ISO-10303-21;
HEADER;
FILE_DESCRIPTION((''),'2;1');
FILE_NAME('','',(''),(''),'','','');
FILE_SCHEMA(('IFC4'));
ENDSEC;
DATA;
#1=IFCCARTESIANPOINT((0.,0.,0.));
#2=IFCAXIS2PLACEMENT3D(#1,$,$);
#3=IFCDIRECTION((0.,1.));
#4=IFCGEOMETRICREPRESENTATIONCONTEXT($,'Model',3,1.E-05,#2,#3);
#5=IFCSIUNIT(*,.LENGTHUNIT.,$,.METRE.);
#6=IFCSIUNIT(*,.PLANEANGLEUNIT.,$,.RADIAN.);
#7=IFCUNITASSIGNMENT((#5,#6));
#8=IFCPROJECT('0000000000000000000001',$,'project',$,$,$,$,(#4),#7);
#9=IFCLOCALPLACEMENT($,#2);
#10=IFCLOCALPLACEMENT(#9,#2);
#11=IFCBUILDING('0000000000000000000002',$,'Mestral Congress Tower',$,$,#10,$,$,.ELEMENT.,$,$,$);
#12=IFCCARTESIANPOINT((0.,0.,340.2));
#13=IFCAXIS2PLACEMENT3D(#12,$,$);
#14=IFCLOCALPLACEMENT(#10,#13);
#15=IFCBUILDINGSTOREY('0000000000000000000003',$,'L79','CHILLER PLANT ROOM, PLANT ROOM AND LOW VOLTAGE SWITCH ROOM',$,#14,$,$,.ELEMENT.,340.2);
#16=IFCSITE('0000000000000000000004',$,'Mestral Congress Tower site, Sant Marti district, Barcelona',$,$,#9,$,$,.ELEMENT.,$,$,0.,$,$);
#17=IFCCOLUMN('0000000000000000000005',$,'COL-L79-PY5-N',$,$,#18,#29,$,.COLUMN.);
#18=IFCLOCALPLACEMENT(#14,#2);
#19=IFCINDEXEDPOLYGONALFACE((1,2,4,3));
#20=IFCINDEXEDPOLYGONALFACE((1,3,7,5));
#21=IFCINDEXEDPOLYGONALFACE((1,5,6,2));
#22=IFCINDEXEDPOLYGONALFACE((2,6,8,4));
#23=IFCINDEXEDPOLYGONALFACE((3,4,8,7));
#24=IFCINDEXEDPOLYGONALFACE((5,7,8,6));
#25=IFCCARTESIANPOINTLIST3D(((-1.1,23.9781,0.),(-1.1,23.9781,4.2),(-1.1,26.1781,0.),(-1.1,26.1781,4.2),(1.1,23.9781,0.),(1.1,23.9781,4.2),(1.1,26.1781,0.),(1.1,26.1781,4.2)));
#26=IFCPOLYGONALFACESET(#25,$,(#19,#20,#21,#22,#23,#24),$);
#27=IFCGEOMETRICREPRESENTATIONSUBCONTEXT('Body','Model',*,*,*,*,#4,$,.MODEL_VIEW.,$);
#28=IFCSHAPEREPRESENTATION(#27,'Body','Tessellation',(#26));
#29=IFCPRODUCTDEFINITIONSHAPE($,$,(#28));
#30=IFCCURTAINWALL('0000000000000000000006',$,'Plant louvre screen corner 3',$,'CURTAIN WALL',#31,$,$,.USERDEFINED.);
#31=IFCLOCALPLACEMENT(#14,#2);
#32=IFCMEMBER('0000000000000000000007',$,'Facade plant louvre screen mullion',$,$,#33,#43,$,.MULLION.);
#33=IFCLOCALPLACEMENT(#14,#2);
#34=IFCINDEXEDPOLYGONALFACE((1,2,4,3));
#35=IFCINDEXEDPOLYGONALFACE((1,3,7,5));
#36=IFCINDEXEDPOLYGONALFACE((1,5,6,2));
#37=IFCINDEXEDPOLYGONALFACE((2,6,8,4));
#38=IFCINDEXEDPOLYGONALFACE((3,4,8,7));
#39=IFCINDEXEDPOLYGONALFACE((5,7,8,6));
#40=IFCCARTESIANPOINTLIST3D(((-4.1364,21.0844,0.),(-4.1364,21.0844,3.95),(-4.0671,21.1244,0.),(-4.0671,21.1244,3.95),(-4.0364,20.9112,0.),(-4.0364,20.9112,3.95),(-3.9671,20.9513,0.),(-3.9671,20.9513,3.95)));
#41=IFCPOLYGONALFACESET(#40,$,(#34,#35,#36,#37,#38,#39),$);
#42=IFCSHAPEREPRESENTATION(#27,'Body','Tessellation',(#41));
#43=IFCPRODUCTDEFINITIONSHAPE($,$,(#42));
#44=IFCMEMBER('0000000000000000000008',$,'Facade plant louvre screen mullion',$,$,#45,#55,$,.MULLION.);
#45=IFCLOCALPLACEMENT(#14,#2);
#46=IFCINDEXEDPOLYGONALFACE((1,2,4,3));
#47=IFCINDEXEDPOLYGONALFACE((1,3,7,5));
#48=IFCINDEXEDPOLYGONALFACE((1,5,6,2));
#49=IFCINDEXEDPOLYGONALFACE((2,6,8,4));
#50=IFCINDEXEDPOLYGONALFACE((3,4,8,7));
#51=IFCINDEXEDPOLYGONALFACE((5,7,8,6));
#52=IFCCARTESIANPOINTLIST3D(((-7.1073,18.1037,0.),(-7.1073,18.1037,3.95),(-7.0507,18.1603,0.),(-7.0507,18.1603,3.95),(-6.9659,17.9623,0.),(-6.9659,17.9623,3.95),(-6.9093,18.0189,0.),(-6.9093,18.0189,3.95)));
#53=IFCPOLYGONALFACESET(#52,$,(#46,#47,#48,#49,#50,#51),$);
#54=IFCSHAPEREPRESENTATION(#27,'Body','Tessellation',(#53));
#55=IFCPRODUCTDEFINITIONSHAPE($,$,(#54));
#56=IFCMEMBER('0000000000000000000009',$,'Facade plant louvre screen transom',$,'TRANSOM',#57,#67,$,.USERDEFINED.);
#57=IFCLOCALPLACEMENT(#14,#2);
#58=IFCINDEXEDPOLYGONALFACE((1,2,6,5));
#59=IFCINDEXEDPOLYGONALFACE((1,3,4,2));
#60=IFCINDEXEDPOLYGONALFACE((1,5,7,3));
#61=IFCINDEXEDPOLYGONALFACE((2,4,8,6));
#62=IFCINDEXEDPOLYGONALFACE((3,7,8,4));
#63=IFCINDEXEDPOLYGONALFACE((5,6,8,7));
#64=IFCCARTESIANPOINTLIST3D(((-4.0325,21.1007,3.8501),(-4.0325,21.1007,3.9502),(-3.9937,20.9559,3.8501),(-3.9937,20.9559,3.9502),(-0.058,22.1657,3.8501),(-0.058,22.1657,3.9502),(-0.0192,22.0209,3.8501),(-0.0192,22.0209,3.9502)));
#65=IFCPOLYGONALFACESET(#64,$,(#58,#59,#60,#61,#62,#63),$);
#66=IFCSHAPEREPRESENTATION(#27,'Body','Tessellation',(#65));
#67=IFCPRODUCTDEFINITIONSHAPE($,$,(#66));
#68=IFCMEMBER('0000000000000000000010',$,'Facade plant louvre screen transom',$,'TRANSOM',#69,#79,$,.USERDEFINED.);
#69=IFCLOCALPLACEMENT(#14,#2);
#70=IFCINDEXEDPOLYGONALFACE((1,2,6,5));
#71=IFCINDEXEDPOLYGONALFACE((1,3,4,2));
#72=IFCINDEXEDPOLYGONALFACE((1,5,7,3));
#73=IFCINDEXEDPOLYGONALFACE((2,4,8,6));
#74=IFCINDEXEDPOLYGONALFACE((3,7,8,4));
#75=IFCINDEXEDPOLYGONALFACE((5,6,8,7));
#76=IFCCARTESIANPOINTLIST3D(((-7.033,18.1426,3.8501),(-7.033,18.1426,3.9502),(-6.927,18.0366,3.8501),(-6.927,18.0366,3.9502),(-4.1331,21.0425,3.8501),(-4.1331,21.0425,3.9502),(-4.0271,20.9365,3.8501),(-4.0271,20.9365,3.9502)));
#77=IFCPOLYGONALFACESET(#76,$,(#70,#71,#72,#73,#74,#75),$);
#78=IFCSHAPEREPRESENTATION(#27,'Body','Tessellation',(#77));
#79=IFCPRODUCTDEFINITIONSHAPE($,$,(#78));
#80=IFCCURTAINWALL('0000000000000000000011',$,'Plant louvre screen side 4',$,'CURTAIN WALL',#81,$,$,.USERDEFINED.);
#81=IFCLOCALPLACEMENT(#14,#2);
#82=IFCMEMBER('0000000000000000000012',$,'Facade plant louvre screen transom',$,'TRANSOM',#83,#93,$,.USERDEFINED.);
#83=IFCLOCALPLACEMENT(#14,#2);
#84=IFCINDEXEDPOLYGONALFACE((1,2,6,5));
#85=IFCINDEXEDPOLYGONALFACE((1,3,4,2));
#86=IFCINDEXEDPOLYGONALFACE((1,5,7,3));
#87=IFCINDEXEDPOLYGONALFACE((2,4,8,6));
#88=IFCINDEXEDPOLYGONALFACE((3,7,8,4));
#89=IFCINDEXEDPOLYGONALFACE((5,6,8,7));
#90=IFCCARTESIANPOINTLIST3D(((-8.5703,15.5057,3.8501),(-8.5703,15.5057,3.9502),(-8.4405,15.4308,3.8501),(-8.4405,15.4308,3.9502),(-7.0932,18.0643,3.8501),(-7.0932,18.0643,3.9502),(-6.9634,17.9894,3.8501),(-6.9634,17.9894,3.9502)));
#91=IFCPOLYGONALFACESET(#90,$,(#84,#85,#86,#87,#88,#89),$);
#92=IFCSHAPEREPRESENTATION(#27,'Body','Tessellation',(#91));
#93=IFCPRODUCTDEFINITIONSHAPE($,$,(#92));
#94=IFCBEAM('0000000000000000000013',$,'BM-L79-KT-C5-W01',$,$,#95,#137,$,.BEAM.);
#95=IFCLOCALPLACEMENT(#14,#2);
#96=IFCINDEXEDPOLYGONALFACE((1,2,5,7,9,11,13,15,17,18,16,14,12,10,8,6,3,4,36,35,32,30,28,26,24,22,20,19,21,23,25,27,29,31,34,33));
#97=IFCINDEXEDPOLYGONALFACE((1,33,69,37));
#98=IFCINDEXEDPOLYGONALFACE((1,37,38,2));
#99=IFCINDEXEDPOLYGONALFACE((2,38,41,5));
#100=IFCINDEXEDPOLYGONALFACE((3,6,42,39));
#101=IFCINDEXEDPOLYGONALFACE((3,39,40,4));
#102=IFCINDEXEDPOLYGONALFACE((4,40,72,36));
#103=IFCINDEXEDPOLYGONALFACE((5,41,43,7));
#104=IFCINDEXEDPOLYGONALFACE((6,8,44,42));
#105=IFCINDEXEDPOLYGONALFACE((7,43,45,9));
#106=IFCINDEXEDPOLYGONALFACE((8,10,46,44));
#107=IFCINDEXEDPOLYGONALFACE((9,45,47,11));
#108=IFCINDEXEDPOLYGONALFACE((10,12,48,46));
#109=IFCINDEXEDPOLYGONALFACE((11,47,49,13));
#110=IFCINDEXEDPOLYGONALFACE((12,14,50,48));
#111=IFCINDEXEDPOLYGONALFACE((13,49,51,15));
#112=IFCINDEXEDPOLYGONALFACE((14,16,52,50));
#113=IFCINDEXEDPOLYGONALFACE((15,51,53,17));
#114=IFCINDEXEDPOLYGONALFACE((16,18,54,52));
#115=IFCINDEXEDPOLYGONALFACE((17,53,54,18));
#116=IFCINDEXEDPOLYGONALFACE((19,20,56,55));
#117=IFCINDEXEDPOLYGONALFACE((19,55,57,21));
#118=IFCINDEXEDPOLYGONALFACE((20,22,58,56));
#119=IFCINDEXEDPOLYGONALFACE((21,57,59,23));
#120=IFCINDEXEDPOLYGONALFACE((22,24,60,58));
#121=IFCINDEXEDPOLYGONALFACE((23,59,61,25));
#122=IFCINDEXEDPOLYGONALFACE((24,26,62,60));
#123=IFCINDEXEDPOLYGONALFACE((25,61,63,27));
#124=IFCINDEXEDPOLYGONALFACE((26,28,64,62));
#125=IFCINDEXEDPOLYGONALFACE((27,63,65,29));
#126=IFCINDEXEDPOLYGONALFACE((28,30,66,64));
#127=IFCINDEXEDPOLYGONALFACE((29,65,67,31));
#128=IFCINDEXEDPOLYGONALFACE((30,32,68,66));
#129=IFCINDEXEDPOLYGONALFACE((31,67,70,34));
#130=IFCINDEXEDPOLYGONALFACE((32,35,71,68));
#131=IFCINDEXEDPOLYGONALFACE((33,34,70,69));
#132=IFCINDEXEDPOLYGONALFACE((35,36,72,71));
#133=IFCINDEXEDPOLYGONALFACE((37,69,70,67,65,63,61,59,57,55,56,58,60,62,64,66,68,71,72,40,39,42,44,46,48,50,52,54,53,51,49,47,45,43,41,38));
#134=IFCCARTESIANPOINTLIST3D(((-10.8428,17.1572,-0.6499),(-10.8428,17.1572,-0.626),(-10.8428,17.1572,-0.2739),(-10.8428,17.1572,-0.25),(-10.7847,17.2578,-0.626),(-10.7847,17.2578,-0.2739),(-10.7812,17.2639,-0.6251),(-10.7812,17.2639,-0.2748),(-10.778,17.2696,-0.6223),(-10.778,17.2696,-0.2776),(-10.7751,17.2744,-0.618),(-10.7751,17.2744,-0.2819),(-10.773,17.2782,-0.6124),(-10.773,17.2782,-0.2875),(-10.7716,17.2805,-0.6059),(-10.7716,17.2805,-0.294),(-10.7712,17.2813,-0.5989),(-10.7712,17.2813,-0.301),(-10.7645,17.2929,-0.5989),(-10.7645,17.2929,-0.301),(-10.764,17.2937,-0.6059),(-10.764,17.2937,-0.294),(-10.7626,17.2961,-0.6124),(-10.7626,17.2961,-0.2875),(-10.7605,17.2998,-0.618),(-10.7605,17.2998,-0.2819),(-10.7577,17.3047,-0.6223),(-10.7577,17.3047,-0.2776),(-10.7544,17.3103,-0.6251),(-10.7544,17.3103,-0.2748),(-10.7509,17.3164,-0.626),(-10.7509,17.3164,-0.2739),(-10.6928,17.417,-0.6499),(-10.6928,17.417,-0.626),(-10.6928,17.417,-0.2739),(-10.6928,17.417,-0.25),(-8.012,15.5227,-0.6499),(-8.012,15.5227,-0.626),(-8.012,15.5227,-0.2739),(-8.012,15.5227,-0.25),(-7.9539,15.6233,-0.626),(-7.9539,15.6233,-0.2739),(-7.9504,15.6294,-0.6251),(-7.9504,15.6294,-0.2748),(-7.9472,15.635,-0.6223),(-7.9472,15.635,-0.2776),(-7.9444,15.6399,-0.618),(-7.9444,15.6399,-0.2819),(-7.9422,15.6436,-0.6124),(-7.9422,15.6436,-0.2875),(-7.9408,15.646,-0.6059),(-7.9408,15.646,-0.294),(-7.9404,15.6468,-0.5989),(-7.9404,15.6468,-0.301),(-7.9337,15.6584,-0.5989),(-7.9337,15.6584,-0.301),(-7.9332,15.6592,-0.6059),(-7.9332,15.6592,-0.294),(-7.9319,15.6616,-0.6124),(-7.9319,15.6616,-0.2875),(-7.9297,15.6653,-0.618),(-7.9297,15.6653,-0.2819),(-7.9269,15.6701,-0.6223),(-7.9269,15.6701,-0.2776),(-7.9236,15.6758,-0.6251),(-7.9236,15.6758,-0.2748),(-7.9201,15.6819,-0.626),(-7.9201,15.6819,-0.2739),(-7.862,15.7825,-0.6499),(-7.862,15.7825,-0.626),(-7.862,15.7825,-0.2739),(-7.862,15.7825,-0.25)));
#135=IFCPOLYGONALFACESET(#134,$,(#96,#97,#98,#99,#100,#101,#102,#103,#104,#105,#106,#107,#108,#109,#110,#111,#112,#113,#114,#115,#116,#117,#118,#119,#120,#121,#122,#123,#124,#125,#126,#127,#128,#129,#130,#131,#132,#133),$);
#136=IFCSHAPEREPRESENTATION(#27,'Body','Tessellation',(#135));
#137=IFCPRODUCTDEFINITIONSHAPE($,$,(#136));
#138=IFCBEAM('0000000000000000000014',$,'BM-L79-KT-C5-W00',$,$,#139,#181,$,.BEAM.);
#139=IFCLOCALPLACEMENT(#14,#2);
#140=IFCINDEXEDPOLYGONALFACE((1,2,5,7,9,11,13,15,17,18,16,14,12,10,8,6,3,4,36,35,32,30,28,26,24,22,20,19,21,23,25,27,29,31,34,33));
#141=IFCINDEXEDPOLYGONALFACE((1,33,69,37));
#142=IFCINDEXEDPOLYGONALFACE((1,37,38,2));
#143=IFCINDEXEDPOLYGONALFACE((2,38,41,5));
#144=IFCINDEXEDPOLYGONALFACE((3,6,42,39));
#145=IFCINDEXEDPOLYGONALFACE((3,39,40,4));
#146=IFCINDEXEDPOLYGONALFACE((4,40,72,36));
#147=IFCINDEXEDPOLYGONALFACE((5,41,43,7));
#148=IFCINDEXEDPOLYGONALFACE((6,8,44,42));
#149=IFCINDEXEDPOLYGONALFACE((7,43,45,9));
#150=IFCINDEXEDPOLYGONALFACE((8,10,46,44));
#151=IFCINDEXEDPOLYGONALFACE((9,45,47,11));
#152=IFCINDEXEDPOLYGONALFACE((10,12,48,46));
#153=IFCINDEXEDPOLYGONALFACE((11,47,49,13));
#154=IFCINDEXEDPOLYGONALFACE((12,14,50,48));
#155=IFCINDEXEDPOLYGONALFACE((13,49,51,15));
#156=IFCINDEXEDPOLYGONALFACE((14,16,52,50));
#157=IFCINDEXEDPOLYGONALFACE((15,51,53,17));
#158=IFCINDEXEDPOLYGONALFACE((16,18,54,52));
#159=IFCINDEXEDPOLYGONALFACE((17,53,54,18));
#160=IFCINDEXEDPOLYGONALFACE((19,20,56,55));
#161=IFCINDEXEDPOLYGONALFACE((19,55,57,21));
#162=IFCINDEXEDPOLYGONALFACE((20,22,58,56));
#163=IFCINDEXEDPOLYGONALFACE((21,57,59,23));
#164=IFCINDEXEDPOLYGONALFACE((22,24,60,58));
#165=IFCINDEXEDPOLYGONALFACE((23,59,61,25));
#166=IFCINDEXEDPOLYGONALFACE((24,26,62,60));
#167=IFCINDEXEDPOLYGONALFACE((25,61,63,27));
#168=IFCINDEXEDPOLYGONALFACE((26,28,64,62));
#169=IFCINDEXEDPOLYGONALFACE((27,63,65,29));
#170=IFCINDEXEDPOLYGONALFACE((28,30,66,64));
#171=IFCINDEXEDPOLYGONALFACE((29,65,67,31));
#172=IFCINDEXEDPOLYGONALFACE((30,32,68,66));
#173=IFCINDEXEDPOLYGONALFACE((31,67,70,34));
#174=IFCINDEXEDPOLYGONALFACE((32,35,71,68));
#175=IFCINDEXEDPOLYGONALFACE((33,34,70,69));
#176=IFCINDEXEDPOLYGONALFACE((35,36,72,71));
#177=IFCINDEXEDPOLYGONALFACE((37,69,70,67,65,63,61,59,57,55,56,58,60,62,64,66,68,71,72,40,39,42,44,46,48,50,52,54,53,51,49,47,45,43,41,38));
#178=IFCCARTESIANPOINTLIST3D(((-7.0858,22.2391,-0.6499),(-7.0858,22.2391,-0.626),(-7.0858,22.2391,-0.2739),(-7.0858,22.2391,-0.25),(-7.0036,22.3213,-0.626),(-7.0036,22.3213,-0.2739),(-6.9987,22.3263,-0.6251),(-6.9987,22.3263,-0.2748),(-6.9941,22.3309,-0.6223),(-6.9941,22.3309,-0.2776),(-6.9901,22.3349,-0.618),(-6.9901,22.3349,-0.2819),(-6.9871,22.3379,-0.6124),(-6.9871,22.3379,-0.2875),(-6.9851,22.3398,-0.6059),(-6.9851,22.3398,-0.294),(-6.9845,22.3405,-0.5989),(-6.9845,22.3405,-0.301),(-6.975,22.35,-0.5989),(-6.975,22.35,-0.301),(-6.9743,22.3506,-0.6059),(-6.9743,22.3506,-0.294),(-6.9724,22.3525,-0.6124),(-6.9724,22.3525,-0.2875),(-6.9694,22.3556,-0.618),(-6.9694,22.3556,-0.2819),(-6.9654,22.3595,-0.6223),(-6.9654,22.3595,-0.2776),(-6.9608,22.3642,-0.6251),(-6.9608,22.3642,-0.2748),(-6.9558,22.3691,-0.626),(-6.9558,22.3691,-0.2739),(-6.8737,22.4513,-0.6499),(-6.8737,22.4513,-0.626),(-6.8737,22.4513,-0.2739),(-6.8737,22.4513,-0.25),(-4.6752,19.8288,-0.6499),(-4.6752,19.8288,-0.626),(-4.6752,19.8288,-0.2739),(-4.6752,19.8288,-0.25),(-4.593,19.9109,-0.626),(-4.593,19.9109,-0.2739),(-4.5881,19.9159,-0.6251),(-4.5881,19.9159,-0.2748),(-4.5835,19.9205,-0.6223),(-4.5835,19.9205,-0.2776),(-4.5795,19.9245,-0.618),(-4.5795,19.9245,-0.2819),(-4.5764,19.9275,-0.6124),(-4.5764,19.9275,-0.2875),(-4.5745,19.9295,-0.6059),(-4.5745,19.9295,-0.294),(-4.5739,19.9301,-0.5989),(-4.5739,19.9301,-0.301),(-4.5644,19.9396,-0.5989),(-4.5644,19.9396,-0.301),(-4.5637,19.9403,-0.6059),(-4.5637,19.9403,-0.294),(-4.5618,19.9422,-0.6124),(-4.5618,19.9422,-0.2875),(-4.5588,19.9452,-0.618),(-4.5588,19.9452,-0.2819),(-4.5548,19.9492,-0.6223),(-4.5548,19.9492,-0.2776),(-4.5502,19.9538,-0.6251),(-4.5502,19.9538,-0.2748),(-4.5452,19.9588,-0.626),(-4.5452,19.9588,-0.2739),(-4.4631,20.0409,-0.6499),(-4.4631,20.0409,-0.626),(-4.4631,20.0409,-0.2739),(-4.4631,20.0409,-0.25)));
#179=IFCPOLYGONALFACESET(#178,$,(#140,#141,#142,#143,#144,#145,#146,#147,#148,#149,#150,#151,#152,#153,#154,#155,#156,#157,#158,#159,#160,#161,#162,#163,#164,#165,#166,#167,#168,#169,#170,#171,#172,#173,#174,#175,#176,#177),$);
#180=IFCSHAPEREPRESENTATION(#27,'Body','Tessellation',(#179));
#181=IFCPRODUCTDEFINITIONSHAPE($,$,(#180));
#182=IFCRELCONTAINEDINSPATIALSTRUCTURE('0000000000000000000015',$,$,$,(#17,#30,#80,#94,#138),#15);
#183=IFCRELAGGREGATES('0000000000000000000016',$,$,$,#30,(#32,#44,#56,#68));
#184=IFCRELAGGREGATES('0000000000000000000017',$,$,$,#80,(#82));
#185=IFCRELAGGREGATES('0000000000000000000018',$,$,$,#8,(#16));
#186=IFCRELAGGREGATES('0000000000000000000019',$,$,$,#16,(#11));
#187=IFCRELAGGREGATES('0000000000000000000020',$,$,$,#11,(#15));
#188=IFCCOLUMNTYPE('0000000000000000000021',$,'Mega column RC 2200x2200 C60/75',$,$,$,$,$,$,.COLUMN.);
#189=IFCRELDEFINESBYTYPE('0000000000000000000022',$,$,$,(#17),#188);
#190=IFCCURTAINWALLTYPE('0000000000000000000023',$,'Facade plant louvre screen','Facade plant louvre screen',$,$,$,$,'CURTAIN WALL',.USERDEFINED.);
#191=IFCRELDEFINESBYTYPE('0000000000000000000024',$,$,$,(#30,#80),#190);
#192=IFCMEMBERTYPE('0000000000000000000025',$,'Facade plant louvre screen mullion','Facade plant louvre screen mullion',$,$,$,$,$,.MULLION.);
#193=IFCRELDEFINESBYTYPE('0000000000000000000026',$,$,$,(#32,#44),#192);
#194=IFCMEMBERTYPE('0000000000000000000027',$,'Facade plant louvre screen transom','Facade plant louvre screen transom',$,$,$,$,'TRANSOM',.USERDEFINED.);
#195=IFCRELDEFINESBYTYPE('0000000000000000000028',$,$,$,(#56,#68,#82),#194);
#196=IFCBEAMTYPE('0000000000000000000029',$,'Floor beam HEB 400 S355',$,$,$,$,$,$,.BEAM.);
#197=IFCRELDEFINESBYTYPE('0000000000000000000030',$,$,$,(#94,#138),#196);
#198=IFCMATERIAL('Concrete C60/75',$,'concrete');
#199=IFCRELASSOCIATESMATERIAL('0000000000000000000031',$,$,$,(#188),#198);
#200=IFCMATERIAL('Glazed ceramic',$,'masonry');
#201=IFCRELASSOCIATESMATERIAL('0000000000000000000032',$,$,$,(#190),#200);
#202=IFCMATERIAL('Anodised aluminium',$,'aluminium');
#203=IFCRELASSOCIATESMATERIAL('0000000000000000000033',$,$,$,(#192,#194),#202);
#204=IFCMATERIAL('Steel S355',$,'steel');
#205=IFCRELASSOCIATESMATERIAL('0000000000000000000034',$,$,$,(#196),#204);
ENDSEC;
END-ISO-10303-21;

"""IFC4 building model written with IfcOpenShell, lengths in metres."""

from ifc_helpers import new_model, si_unit, direction, frame, origin, origin_2d, place, context, subcontext, project, spatial, rectangle, i_section, extrude, material, material_profile, profile_set, type_object, element, aggregate, save


model = new_model("IFC4")

# Units and contexts
model_context = context("Model", 3, precision=1e-05, world=origin(), true_north=direction((0.0, 1.0)))
body_context = subcontext(model_context, "Body", "Model", "MODEL_VIEW")
ifc_project = project(units=[si_unit("LENGTHUNIT", "METRE"), si_unit("PLANEANGLEUNIT", "RADIAN")], contexts=[model_context])

# Site, building, storey
site_placement = place(None, origin())
site = spatial("IfcSite", under=ifc_project, at=site_placement, Name="Mestral Congress Tower site, Sant Marti district, Barcelona", CompositionType="ELEMENT", RefElevation=0.0)
building_placement = place(site_placement, origin())
building = spatial("IfcBuilding", under=site, at=building_placement, Name="Mestral Congress Tower", CompositionType="ELEMENT")
storey_placement = place(building_placement, frame((0.0, 0.0, 340.2)))
storey = spatial("IfcBuildingStorey", under=building, at=storey_placement, Name="L79", Description="CHILLER PLANT ROOM, PLANT ROOM AND LOW VOLTAGE SWITCH ROOM", CompositionType="ELEMENT", Elevation=340.2)

# Column
ifc_material_1 = material(Name="Steel S355", Category="steel")
ifc_material_2 = material(Name="Concrete C60/75", Category="concrete")
ifc_material_profile_1 = material_profile(ifc_material_2, rectangle(XDim=2.2, YDim=2.2, at=origin_2d()), Name="RC 2200x2200")
ifc_profile_set_1 = profile_set([ifc_material_profile_1], Name="Concrete C60/75")
column_type_1 = type_object("IfcColumnType", Name="Mega column RC 2200x2200 C60/75", PredefinedType="COLUMN", material=ifc_profile_set_1)
column_placement = place(storey_placement, frame((0.0, 25.0781, 0.0), z_axis=(0.0, 0.0, 1.0), x_axis=(0.0, 1.0, 0.0)))
element("IfcColumn", 1, at=column_placement, inside=storey, type_object=column_type_1, Name="COL-L79-PY5-N", PredefinedType="COLUMN", context=body_context, shape_type="SweptSolid", body=[
    extrude(rectangle(XDim=2.2, YDim=2.2, at=origin_2d()), origin(), (0.0, 0.0, 1.0), 4.2),
])

# Curtain wall, members
ifc_material_3 = material(Name="Glazed ceramic", Category="masonry")
curtain_wall_type = type_object("IfcCurtainWallType", Name="Facade plant louvre screen", Description="Facade plant louvre screen", ElementType="CURTAIN WALL", PredefinedType="USERDEFINED", material=ifc_material_3)
placement = place(storey_placement, origin())
curtain_wall_1 = element("IfcCurtainWall", 2, at=placement, inside=storey, type_object=curtain_wall_type, Name="Plant louvre screen corner 3", ObjectType="CURTAIN WALL", PredefinedType="USERDEFINED")
ifc_material_4 = material(Name="Anodised aluminium", Category="aluminium")
ifc_material_profile_2 = material_profile(ifc_material_4, rectangle(XDim=0.2, YDim=0.0801, at=origin_2d()), Name="CW6 mullion 200 x 80")
ifc_profile_set_2 = profile_set([ifc_material_profile_2], Name="Anodised aluminium")
member_type_1 = type_object("IfcMemberType", Name="Facade plant louvre screen mullion", Description="Facade plant louvre screen mullion", PredefinedType="MULLION", material=ifc_profile_set_2)
member_1_placement = place(storey_placement, frame((-4.0518, 21.0178, 0.0), z_axis=(0.0, 0.0, 1.0), x_axis=(-0.5, 0.866025, 0.0)))
member_1 = element("IfcMember", 3, at=member_1_placement, type_object=member_type_1, Name="Facade plant louvre screen mullion", PredefinedType="MULLION", context=body_context, shape_type="SweptSolid", body=[
    extrude(rectangle(XDim=0.2, YDim=0.0801, at=origin_2d()), origin(), (0.0, 0.0, 1.0), 3.95),
])
member_2_placement = place(storey_placement, frame((-7.0083, 18.0613, 0.0), z_axis=(0.0, 0.0, 1.0), x_axis=(-0.707107, 0.707107, 0.0)))
member_2 = element("IfcMember", 4, at=member_2_placement, type_object=member_type_1, Name="Facade plant louvre screen mullion", PredefinedType="MULLION", context=body_context, shape_type="SweptSolid", body=[
    extrude(rectangle(XDim=0.2, YDim=0.0801, at=origin_2d()), origin(), (0.0, 0.0, 1.0), 3.95),
])
ifc_material_profile_3 = material_profile(ifc_material_4, rectangle(XDim=0.1499, YDim=0.1001, at=origin_2d()), Name="CW6 transom 150 x 100")
ifc_profile_set_3 = profile_set([ifc_material_profile_3], Name="Anodised aluminium")
member_type_2 = type_object("IfcMemberType", Name="Facade plant louvre screen transom", Description="Facade plant louvre screen transom", ElementType="TRANSOM", PredefinedType="USERDEFINED", material=ifc_profile_set_3)
member_3_placement = place(storey_placement, frame((-0.0386, 22.0933, 3.9001), z_axis=(-0.965929, -0.258807, 0.0), x_axis=(0.258807, -0.965929, 0.0)))
member_3 = element("IfcMember", 5, at=member_3_placement, type_object=member_type_2, Name="Facade plant louvre screen transom", ObjectType="TRANSOM", PredefinedType="USERDEFINED", context=body_context, shape_type="SweptSolid", body=[
    extrude(rectangle(XDim=0.1499, YDim=0.1001, at=origin_2d()), origin(), (0.0, 0.0, 1.0), 4.1147),
])
member_4_placement = place(storey_placement, frame((-4.0801, 20.9895, 3.9001), z_axis=(-0.707107, -0.707107, 0.0), x_axis=(0.707107, -0.707107, 0.0)))
member_4 = element("IfcMember", 6, at=member_4_placement, type_object=member_type_2, Name="Facade plant louvre screen transom", ObjectType="TRANSOM", PredefinedType="USERDEFINED", context=body_context, shape_type="SweptSolid", body=[
    extrude(rectangle(XDim=0.1499, YDim=0.1001, at=origin_2d()), origin(), (0.0, 0.0, 1.0), 4.1011),
])

# Curtain wall, member
curtain_wall_2 = element("IfcCurtainWall", 7, at=placement, inside=storey, type_object=curtain_wall_type, Name="Plant louvre screen side 4", ObjectType="CURTAIN WALL", PredefinedType="USERDEFINED")
member_5_placement = place(storey_placement, frame((-7.0283, 18.0269, 3.9001), z_axis=(-0.499961, -0.866048, 0.0), x_axis=(0.866048, -0.499961, 0.0)))
member_5 = element("IfcMember", 8, at=member_5_placement, type_object=member_type_2, Name="Facade plant louvre screen transom", ObjectType="TRANSOM", PredefinedType="USERDEFINED", context=body_context, shape_type="SweptSolid", body=[
    extrude(rectangle(XDim=0.1499, YDim=0.1001, at=origin_2d()), origin(), (0.0, 0.0, 1.0), 2.9543),
])

# Beams
ifc_material_profile_4 = material_profile(ifc_material_1, i_section(OverallWidth=0.3, OverallDepth=0.3999, WebThickness=0.0134, FlangeThickness=0.0239, FilletRadius=0.0271, at=origin_2d()), Name="HEB 400")
ifc_profile_set_4 = profile_set([ifc_material_profile_4], Name="Steel S355")
beam_type_1 = type_object("IfcBeamType", Name="Floor beam HEB 400 S355", PredefinedType="BEAM", material=ifc_profile_set_4)
beam_1_placement = place(storey_placement, frame((-10.7678, 17.2871, -0.45), z_axis=(0.866005, -0.500035, 0.0), x_axis=(0.500035, 0.866005, 0.0)))
element("IfcBeam", 9, at=beam_1_placement, inside=storey, type_object=beam_type_1, Name="BM-L79-KT-C5-W01", PredefinedType="BEAM", context=body_context, shape_type="SweptSolid", body=[
    extrude(i_section(OverallWidth=0.3, OverallDepth=0.3999, WebThickness=0.0134, FlangeThickness=0.0239, FilletRadius=0.0271, at=origin_2d()), origin(), (0.0, 0.0, 1.0), 3.2688),
])
beam_2_placement = place(storey_placement, frame((-6.9797, 22.3452, -0.45), z_axis=(0.707143, -0.707071, 0.0), x_axis=(0.707071, 0.707143, 0.0)))
element("IfcBeam", 10, at=beam_2_placement, inside=storey, type_object=beam_type_1, Name="BM-L79-KT-C5-W00", PredefinedType="BEAM", context=body_context, shape_type="SweptSolid", body=[
    extrude(i_section(OverallWidth=0.3, OverallDepth=0.3999, WebThickness=0.0134, FlangeThickness=0.0239, FilletRadius=0.0271, at=origin_2d()), origin(), (0.0, 0.0, 1.0), 3.4089),
])

aggregate(curtain_wall_1, [member_1, member_2, member_3, member_4])
aggregate(curtain_wall_2, [member_5])

save(model, "model.ifc")
